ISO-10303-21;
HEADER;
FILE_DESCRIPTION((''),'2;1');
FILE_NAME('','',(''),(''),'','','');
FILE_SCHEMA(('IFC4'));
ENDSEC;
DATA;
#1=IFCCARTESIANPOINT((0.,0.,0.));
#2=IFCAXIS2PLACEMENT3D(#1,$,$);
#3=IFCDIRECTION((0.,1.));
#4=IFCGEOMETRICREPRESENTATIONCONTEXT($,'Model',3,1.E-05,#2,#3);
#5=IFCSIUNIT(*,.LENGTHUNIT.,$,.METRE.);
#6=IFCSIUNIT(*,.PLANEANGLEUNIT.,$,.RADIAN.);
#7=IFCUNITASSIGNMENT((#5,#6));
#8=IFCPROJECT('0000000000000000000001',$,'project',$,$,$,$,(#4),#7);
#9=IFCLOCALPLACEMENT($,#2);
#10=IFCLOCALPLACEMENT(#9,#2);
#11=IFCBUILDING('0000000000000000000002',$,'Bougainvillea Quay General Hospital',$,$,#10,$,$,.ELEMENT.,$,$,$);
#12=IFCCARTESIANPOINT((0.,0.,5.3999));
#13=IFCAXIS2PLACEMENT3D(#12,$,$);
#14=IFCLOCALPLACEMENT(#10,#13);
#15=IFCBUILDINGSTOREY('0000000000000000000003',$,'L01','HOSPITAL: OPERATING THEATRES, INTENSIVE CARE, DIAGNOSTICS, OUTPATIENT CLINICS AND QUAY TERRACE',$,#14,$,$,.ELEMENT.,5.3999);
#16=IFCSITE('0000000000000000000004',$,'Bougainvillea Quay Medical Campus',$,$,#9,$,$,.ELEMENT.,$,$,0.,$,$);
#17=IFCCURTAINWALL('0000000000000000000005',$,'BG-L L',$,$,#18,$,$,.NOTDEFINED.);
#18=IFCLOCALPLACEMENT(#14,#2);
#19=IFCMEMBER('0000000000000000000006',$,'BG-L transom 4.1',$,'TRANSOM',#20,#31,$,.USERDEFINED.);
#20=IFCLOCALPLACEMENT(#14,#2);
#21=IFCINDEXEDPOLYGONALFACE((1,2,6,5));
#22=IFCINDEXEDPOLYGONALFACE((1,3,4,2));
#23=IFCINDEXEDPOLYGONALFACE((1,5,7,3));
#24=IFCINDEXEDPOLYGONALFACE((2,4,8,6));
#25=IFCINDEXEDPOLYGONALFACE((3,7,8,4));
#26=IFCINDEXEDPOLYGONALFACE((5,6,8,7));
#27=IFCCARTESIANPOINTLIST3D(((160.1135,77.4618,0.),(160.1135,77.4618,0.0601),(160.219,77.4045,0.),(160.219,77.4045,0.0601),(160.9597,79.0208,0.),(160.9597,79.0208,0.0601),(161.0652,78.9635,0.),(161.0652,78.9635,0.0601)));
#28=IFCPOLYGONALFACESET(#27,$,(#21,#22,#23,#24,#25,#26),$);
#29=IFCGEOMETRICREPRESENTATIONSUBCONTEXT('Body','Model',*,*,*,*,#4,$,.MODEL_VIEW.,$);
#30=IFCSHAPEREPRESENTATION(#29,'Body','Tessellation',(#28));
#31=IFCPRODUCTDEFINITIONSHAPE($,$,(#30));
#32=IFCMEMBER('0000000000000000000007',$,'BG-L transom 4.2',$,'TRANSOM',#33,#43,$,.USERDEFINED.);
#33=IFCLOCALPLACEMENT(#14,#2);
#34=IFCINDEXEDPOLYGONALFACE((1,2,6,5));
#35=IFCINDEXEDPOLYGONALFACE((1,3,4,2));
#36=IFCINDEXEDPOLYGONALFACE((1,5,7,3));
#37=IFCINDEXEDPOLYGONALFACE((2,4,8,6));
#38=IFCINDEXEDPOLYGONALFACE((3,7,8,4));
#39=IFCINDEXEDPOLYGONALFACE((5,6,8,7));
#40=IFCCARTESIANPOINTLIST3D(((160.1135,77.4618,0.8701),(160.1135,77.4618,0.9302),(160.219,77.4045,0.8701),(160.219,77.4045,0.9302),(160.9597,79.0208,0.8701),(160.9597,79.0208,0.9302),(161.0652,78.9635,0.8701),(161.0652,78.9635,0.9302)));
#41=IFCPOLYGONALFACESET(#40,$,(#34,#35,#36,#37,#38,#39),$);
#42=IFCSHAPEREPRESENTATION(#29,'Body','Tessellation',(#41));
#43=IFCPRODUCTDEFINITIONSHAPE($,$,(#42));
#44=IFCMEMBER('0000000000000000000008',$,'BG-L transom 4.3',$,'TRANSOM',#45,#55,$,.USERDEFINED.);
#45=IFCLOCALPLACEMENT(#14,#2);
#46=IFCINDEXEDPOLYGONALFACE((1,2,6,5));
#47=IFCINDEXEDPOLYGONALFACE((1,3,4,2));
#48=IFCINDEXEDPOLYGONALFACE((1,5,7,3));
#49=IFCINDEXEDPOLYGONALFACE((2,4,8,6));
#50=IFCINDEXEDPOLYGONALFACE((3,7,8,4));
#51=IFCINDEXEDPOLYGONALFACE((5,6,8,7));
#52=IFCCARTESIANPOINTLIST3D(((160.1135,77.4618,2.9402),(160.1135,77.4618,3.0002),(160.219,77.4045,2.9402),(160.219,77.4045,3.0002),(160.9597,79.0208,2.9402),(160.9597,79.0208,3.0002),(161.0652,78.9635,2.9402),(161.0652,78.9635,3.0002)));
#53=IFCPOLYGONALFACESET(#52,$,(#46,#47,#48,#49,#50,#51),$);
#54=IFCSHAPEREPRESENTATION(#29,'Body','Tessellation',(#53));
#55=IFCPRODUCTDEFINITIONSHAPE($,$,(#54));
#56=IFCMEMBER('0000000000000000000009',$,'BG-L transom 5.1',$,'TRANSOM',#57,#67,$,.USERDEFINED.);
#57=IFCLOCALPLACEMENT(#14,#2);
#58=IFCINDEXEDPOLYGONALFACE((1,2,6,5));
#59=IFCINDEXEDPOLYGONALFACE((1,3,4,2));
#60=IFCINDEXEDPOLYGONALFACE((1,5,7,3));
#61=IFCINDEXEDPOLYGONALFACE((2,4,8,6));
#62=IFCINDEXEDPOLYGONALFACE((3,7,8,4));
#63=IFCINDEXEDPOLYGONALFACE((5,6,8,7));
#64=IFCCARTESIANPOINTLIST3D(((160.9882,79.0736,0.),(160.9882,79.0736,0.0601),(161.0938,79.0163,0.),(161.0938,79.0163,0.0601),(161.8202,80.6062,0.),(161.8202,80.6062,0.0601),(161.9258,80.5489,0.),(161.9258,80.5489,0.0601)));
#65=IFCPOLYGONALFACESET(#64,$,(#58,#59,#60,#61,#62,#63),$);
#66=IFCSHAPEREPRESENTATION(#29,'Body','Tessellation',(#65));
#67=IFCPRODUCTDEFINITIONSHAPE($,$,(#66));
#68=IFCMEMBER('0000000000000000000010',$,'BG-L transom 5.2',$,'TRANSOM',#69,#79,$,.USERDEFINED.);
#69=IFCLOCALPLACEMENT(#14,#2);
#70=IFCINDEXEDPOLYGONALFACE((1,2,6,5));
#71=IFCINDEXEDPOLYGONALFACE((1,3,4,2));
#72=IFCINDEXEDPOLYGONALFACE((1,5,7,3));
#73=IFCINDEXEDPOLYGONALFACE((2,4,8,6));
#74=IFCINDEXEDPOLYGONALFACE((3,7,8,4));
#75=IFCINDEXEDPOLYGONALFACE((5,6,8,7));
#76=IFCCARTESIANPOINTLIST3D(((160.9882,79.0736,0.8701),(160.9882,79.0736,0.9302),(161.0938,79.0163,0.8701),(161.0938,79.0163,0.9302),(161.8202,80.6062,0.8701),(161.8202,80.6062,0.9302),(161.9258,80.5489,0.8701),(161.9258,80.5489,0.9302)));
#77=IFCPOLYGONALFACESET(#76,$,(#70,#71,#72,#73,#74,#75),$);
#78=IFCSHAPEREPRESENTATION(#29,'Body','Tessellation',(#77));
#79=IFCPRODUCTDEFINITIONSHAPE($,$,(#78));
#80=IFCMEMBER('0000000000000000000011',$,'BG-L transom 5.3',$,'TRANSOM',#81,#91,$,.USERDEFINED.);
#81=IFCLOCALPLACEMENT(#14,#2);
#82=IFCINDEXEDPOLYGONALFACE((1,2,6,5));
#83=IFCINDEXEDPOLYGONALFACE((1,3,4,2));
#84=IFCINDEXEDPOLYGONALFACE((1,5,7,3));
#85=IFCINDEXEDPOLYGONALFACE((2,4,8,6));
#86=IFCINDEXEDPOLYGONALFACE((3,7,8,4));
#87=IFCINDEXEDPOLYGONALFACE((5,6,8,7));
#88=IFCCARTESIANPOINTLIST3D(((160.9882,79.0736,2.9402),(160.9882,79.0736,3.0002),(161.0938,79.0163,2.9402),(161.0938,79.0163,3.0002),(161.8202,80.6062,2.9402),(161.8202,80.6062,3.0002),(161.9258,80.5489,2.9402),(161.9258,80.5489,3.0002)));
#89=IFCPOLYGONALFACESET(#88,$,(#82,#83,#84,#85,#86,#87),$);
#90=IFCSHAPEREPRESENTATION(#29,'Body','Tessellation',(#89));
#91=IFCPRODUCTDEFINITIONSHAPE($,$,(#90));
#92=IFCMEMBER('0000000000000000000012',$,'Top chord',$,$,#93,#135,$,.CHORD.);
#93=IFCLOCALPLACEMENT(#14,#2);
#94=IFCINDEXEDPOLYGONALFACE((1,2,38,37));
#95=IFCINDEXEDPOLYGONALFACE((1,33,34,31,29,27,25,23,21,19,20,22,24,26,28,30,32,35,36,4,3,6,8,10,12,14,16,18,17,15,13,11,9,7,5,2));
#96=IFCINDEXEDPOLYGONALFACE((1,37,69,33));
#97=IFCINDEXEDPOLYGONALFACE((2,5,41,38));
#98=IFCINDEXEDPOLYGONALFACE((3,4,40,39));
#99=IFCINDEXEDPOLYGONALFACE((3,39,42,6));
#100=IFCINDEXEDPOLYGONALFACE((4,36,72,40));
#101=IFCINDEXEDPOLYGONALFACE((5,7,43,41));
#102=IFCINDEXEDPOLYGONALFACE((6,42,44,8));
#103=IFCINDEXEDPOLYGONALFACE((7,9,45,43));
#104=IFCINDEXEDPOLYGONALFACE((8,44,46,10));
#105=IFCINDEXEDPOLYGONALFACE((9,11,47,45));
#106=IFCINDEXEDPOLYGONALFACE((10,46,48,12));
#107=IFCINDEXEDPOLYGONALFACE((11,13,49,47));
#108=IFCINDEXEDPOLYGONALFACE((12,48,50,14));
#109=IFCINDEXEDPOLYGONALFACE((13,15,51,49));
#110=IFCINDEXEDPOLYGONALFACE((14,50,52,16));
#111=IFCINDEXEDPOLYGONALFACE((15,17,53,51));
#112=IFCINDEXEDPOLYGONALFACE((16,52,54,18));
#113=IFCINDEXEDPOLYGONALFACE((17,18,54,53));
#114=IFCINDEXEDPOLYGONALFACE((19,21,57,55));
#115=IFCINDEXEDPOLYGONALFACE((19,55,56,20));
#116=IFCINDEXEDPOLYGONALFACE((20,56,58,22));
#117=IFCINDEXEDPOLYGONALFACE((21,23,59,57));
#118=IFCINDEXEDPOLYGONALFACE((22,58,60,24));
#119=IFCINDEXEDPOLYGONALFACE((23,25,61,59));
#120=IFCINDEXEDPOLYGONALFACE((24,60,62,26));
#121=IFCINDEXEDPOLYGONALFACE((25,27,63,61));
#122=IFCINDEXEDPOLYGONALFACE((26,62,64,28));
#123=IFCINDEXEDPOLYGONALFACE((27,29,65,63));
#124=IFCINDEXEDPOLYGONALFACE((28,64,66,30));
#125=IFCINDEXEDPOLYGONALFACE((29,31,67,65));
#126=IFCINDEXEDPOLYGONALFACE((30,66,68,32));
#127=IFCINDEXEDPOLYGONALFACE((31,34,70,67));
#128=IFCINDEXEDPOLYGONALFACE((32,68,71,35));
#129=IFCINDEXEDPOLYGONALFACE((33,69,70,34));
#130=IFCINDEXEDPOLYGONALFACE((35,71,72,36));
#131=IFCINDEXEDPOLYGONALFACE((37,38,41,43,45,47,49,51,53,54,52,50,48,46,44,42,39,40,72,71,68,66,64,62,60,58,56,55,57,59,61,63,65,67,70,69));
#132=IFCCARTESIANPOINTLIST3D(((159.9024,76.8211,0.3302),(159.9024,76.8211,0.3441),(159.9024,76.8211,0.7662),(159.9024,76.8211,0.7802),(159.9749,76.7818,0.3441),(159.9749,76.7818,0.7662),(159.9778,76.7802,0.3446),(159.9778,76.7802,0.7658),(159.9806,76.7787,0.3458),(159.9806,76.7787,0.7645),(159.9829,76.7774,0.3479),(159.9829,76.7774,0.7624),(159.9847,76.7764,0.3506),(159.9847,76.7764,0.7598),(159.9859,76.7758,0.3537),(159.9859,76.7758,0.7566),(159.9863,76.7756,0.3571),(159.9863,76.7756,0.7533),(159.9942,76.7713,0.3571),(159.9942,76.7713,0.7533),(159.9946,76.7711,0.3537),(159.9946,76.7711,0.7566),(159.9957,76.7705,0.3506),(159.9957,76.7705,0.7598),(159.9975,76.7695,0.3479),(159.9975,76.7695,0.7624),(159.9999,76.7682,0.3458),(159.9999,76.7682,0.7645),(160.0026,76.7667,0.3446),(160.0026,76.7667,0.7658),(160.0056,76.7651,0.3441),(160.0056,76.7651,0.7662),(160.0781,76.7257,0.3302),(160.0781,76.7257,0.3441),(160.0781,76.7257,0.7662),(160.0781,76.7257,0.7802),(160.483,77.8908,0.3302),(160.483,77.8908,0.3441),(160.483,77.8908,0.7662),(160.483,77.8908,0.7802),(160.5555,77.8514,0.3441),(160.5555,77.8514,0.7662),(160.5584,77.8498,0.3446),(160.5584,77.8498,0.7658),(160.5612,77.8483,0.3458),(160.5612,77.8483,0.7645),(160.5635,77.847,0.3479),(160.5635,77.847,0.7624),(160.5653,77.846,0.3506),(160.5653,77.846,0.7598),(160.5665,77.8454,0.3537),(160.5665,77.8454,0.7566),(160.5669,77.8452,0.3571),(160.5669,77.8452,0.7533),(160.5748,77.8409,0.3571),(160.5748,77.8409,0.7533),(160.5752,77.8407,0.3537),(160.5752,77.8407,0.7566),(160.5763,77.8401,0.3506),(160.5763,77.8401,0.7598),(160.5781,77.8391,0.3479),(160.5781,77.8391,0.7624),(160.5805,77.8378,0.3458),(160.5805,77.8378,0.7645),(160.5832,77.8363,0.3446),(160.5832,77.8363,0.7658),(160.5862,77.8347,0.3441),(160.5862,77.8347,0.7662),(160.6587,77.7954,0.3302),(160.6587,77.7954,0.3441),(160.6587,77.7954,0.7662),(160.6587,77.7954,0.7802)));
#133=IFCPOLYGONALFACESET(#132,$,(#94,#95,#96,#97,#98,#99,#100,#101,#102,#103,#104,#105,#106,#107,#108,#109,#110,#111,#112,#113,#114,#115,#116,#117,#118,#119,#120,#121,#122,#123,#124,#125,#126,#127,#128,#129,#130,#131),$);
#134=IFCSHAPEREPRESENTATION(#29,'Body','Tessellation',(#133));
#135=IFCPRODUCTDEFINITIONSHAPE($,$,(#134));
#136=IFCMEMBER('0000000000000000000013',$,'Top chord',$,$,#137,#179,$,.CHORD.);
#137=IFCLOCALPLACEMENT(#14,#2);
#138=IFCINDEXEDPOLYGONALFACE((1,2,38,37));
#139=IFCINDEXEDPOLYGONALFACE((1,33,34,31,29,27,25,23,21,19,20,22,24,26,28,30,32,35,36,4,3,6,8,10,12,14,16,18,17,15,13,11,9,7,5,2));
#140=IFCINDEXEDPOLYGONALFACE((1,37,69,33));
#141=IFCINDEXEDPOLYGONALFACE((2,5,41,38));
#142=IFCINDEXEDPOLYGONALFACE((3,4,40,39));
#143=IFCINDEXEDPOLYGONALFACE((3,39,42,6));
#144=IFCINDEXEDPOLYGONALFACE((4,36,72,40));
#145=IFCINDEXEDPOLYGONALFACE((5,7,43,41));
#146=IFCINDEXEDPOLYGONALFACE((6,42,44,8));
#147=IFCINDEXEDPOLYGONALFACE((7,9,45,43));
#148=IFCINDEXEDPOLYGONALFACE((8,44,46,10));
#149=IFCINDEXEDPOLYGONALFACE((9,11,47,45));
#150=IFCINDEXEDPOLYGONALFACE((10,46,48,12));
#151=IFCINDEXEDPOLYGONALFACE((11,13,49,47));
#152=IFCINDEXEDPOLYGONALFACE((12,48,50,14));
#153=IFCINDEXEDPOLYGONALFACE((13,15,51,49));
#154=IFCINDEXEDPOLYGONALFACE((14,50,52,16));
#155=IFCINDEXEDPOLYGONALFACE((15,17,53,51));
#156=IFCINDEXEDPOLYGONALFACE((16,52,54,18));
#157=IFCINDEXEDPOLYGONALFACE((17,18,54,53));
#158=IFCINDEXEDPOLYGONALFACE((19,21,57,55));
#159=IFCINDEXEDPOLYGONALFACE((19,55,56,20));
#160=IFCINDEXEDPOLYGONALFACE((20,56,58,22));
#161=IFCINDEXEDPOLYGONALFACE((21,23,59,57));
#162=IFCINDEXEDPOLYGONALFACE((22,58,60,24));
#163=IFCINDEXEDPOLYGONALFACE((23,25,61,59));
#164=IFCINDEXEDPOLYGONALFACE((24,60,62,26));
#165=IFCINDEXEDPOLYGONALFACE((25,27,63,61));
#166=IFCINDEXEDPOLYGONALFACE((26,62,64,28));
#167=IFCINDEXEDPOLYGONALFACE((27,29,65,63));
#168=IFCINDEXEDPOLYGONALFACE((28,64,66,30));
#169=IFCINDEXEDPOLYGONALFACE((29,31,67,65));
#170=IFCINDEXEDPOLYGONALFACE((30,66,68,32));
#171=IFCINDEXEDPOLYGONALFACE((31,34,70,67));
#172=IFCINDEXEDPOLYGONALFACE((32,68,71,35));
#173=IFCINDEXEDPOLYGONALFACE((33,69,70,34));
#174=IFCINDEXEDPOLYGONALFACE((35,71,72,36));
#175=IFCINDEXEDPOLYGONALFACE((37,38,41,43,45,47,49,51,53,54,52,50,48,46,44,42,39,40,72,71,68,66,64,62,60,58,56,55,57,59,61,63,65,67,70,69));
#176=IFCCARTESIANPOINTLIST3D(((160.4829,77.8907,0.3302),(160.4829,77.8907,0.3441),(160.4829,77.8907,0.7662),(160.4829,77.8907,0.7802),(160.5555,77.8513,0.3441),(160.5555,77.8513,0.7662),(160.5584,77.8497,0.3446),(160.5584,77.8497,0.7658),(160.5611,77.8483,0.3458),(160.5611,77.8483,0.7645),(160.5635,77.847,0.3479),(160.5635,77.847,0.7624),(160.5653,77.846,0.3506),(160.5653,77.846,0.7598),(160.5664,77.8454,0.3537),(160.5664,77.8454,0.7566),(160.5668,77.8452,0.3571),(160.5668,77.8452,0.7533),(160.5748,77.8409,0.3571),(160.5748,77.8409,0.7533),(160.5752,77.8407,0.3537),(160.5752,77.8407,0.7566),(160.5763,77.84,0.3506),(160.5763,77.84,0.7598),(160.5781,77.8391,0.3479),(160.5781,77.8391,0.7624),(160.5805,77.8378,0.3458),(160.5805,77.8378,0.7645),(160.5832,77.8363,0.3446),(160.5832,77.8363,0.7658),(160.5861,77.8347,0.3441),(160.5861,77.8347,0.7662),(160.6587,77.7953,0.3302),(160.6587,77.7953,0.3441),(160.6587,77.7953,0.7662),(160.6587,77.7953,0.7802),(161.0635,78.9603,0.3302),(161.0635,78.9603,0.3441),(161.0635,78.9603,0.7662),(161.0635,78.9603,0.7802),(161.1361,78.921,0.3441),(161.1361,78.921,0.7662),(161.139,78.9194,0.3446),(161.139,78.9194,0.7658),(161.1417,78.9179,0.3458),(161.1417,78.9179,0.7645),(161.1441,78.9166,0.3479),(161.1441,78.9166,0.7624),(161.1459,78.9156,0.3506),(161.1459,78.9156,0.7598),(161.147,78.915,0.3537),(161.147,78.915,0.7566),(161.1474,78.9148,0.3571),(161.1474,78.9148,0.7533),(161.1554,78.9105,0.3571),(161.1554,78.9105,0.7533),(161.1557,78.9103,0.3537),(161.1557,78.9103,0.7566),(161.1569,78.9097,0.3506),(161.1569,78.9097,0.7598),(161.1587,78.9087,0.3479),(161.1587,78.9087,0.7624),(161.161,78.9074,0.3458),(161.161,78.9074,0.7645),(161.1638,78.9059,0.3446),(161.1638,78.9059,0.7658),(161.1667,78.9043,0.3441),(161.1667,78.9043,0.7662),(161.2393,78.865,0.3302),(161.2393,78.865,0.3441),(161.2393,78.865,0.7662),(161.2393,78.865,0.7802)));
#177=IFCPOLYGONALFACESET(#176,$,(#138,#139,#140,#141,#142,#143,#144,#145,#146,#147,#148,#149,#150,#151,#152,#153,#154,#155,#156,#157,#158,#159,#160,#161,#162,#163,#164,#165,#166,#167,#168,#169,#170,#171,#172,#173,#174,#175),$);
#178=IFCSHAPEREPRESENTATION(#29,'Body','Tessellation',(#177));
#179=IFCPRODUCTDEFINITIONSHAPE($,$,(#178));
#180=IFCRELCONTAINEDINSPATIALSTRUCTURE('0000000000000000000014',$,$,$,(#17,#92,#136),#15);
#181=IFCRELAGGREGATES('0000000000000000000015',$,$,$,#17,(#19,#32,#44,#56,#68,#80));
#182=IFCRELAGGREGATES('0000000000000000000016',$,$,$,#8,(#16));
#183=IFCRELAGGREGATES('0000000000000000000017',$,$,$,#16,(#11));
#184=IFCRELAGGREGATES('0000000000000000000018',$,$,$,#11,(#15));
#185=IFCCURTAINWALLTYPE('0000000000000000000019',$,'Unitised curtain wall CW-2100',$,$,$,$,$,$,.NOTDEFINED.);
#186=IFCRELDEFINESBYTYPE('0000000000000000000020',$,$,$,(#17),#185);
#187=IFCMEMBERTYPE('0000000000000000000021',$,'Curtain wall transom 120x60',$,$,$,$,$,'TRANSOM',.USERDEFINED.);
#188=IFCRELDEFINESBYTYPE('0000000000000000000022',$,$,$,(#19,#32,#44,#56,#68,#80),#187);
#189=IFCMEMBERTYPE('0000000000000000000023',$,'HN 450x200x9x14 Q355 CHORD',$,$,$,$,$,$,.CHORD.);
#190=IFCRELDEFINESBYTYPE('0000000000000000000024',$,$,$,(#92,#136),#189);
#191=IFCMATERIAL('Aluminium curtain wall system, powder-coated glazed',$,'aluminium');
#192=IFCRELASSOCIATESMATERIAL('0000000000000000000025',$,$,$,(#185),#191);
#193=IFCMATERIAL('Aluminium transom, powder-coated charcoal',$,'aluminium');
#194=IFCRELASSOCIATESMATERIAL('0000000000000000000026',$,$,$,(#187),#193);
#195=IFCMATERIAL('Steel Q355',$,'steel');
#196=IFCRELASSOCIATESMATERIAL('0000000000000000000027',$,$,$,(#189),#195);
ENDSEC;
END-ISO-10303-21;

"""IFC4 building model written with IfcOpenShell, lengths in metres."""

from ifc_helpers import new_model, si_unit, direction, frame, origin, origin_2d, place, context, subcontext, project, spatial, rectangle, i_section, extrude, material, material_profile, profile_set, type_object, element, aggregate, save


model = new_model("IFC4")

# Units and contexts
model_context = context("Model", 3, precision=1e-05, world=origin(), true_north=direction((0.0, 1.0)))
body_context = subcontext(model_context, "Body", "Model", "MODEL_VIEW")
ifc_project = project(units=[si_unit("LENGTHUNIT", "METRE"), si_unit("PLANEANGLEUNIT", "RADIAN")], contexts=[model_context])

# Site, building, storey
site_placement = place(None, origin())
site = spatial("IfcSite", under=ifc_project, at=site_placement, Name="Bougainvillea Quay Medical Campus", CompositionType="ELEMENT", RefElevation=0.0)
building_placement = place(site_placement, origin())
building = spatial("IfcBuilding", under=site, at=building_placement, Name="Bougainvillea Quay General Hospital", CompositionType="ELEMENT")
storey_placement = place(building_placement, frame((0.0, 0.0, 5.3999)))
storey = spatial("IfcBuildingStorey", under=building, at=storey_placement, Name="L01", Description="HOSPITAL: OPERATING THEATRES, INTENSIVE CARE, DIAGNOSTICS, OUTPATIENT CLINICS AND QUAY TERRACE", CompositionType="ELEMENT", Elevation=5.3999)

# Curtain wall, members
ifc_material_1 = material(Name="Aluminium curtain wall system, powder-coated glazed", Category="aluminium")
curtain_wall_type = type_object("IfcCurtainWallType", Name="Unitised curtain wall CW-2100", PredefinedType="NOTDEFINED", material=ifc_material_1)
curtain_wall_placement = place(storey_placement, origin())
curtain_wall = element("IfcCurtainWall", 1, at=curtain_wall_placement, inside=storey, type_object=curtain_wall_type, Name="BG-L L", PredefinedType="NOTDEFINED")
ifc_material_2 = material(Name="Aluminium transom, powder-coated charcoal", Category="aluminium")
ifc_material_profile_1 = material_profile(ifc_material_2, rectangle(XDim=0.1201, YDim=0.0601, at=origin_2d()))
ifc_profile_set_1 = profile_set([ifc_material_profile_1], Name="Aluminium transom, powder-coated charcoal")
member_type_1 = type_object("IfcMemberType", Name="Curtain wall transom 120x60", ElementType="TRANSOM", PredefinedType="USERDEFINED", material=ifc_profile_set_1)
member_1_placement = place(storey_placement, frame((160.1663, 77.4331, 0.03), z_axis=(0.477019, 0.878893, 0.0), x_axis=(-0.878893, 0.477019, 0.0)))
member_1 = element("IfcMember", 2, at=member_1_placement, type_object=member_type_1, Name="BG-L transom 4.1", ObjectType="TRANSOM", PredefinedType="USERDEFINED", context=body_context, shape_type="SweptSolid", body=[
    extrude(rectangle(XDim=0.1201, YDim=0.0601, at=origin_2d()), origin(), (0.0, 0.0, 1.0), 1.7739),
])
member_2_placement = place(storey_placement, frame((160.1663, 77.4331, 0.9001), z_axis=(0.477019, 0.878893, 0.0), x_axis=(-0.878893, 0.477019, 0.0)))
member_2 = element("IfcMember", 3, at=member_2_placement, type_object=member_type_1, Name="BG-L transom 4.2", ObjectType="TRANSOM", PredefinedType="USERDEFINED", context=body_context, shape_type="SweptSolid", body=[
    extrude(rectangle(XDim=0.1201, YDim=0.0601, at=origin_2d()), origin(), (0.0, 0.0, 1.0), 1.7739),
])
member_3_placement = place(storey_placement, frame((160.1663, 77.4331, 2.9702), z_axis=(0.477019, 0.878893, 0.0), x_axis=(-0.878893, 0.477019, 0.0)))
member_3 = element("IfcMember", 4, at=member_3_placement, type_object=member_type_1, Name="BG-L transom 4.3", ObjectType="TRANSOM", PredefinedType="USERDEFINED", context=body_context, shape_type="SweptSolid", body=[
    extrude(rectangle(XDim=0.1201, YDim=0.0601, at=origin_2d()), origin(), (0.0, 0.0, 1.0), 1.7739),
])
member_4_placement = place(storey_placement, frame((161.041, 79.0449, 0.03), z_axis=(0.477086, 0.878857, 0.0), x_axis=(-0.878857, 0.477086, 0.0)))
member_4 = element("IfcMember", 5, at=member_4_placement, type_object=member_type_1, Name="BG-L transom 5.1", ObjectType="TRANSOM", PredefinedType="USERDEFINED", context=body_context, shape_type="SweptSolid", body=[
    extrude(rectangle(XDim=0.1201, YDim=0.0601, at=origin_2d()), origin(), (0.0, 0.0, 1.0), 1.7439),
])
member_5_placement = place(storey_placement, frame((161.041, 79.0449, 0.9001), z_axis=(0.477086, 0.878857, 0.0), x_axis=(-0.878857, 0.477086, 0.0)))
member_5 = element("IfcMember", 6, at=member_5_placement, type_object=member_type_1, Name="BG-L transom 5.2", ObjectType="TRANSOM", PredefinedType="USERDEFINED", context=body_context, shape_type="SweptSolid", body=[
    extrude(rectangle(XDim=0.1201, YDim=0.0601, at=origin_2d()), origin(), (0.0, 0.0, 1.0), 1.7439),
])
member_6_placement = place(storey_placement, frame((161.041, 79.0449, 2.9702), z_axis=(0.477086, 0.878857, 0.0), x_axis=(-0.878857, 0.477086, 0.0)))
member_6 = element("IfcMember", 7, at=member_6_placement, type_object=member_type_1, Name="BG-L transom 5.3", ObjectType="TRANSOM", PredefinedType="USERDEFINED", context=body_context, shape_type="SweptSolid", body=[
    extrude(rectangle(XDim=0.1201, YDim=0.0601, at=origin_2d()), origin(), (0.0, 0.0, 1.0), 1.7439),
])

# Members
ifc_material_3 = material(Name="Steel Q355", Category="steel")
ifc_material_profile_2 = material_profile(ifc_material_3, i_section(OverallWidth=0.2, OverallDepth=0.45, WebThickness=0.009, FlangeThickness=0.0139, FilletRadius=0.0129, at=origin_2d()))
ifc_profile_set_2 = profile_set([ifc_material_profile_2], Name="Steel Q355")
member_type_2 = type_object("IfcMemberType", Name="HN 450x200x9x14 Q355 CHORD", PredefinedType="CHORD", material=ifc_profile_set_2)
for number, where, z_axis, x_axis, name in (
    (8, (159.9902, 76.7734, 0.5552), (0.477052, 0.878875, 0.0), (-0.878875, 0.477052, 0.0), "Top chord"),
    (9, (160.5708, 77.843, 0.5552), (0.477052, 0.878875, 0.0), (-0.878875, 0.477052, 0.0), "Top chord"),
):
    element("IfcMember", number, at=place(storey_placement, frame(where, z_axis=z_axis, x_axis=x_axis)), inside=storey, type_object=member_type_2, Name=name, PredefinedType="CHORD", context=body_context, shape_type="SweptSolid", body=[
        extrude(i_section(OverallWidth=0.2, OverallDepth=0.45, WebThickness=0.009, FlangeThickness=0.0139, FilletRadius=0.0129, at=origin_2d()), origin(), (0.0, 0.0, 1.0), 1.217),
    ])

aggregate(curtain_wall, [member_1, member_2, member_3, member_4, member_5, member_6])

save(model, "model.ifc")
